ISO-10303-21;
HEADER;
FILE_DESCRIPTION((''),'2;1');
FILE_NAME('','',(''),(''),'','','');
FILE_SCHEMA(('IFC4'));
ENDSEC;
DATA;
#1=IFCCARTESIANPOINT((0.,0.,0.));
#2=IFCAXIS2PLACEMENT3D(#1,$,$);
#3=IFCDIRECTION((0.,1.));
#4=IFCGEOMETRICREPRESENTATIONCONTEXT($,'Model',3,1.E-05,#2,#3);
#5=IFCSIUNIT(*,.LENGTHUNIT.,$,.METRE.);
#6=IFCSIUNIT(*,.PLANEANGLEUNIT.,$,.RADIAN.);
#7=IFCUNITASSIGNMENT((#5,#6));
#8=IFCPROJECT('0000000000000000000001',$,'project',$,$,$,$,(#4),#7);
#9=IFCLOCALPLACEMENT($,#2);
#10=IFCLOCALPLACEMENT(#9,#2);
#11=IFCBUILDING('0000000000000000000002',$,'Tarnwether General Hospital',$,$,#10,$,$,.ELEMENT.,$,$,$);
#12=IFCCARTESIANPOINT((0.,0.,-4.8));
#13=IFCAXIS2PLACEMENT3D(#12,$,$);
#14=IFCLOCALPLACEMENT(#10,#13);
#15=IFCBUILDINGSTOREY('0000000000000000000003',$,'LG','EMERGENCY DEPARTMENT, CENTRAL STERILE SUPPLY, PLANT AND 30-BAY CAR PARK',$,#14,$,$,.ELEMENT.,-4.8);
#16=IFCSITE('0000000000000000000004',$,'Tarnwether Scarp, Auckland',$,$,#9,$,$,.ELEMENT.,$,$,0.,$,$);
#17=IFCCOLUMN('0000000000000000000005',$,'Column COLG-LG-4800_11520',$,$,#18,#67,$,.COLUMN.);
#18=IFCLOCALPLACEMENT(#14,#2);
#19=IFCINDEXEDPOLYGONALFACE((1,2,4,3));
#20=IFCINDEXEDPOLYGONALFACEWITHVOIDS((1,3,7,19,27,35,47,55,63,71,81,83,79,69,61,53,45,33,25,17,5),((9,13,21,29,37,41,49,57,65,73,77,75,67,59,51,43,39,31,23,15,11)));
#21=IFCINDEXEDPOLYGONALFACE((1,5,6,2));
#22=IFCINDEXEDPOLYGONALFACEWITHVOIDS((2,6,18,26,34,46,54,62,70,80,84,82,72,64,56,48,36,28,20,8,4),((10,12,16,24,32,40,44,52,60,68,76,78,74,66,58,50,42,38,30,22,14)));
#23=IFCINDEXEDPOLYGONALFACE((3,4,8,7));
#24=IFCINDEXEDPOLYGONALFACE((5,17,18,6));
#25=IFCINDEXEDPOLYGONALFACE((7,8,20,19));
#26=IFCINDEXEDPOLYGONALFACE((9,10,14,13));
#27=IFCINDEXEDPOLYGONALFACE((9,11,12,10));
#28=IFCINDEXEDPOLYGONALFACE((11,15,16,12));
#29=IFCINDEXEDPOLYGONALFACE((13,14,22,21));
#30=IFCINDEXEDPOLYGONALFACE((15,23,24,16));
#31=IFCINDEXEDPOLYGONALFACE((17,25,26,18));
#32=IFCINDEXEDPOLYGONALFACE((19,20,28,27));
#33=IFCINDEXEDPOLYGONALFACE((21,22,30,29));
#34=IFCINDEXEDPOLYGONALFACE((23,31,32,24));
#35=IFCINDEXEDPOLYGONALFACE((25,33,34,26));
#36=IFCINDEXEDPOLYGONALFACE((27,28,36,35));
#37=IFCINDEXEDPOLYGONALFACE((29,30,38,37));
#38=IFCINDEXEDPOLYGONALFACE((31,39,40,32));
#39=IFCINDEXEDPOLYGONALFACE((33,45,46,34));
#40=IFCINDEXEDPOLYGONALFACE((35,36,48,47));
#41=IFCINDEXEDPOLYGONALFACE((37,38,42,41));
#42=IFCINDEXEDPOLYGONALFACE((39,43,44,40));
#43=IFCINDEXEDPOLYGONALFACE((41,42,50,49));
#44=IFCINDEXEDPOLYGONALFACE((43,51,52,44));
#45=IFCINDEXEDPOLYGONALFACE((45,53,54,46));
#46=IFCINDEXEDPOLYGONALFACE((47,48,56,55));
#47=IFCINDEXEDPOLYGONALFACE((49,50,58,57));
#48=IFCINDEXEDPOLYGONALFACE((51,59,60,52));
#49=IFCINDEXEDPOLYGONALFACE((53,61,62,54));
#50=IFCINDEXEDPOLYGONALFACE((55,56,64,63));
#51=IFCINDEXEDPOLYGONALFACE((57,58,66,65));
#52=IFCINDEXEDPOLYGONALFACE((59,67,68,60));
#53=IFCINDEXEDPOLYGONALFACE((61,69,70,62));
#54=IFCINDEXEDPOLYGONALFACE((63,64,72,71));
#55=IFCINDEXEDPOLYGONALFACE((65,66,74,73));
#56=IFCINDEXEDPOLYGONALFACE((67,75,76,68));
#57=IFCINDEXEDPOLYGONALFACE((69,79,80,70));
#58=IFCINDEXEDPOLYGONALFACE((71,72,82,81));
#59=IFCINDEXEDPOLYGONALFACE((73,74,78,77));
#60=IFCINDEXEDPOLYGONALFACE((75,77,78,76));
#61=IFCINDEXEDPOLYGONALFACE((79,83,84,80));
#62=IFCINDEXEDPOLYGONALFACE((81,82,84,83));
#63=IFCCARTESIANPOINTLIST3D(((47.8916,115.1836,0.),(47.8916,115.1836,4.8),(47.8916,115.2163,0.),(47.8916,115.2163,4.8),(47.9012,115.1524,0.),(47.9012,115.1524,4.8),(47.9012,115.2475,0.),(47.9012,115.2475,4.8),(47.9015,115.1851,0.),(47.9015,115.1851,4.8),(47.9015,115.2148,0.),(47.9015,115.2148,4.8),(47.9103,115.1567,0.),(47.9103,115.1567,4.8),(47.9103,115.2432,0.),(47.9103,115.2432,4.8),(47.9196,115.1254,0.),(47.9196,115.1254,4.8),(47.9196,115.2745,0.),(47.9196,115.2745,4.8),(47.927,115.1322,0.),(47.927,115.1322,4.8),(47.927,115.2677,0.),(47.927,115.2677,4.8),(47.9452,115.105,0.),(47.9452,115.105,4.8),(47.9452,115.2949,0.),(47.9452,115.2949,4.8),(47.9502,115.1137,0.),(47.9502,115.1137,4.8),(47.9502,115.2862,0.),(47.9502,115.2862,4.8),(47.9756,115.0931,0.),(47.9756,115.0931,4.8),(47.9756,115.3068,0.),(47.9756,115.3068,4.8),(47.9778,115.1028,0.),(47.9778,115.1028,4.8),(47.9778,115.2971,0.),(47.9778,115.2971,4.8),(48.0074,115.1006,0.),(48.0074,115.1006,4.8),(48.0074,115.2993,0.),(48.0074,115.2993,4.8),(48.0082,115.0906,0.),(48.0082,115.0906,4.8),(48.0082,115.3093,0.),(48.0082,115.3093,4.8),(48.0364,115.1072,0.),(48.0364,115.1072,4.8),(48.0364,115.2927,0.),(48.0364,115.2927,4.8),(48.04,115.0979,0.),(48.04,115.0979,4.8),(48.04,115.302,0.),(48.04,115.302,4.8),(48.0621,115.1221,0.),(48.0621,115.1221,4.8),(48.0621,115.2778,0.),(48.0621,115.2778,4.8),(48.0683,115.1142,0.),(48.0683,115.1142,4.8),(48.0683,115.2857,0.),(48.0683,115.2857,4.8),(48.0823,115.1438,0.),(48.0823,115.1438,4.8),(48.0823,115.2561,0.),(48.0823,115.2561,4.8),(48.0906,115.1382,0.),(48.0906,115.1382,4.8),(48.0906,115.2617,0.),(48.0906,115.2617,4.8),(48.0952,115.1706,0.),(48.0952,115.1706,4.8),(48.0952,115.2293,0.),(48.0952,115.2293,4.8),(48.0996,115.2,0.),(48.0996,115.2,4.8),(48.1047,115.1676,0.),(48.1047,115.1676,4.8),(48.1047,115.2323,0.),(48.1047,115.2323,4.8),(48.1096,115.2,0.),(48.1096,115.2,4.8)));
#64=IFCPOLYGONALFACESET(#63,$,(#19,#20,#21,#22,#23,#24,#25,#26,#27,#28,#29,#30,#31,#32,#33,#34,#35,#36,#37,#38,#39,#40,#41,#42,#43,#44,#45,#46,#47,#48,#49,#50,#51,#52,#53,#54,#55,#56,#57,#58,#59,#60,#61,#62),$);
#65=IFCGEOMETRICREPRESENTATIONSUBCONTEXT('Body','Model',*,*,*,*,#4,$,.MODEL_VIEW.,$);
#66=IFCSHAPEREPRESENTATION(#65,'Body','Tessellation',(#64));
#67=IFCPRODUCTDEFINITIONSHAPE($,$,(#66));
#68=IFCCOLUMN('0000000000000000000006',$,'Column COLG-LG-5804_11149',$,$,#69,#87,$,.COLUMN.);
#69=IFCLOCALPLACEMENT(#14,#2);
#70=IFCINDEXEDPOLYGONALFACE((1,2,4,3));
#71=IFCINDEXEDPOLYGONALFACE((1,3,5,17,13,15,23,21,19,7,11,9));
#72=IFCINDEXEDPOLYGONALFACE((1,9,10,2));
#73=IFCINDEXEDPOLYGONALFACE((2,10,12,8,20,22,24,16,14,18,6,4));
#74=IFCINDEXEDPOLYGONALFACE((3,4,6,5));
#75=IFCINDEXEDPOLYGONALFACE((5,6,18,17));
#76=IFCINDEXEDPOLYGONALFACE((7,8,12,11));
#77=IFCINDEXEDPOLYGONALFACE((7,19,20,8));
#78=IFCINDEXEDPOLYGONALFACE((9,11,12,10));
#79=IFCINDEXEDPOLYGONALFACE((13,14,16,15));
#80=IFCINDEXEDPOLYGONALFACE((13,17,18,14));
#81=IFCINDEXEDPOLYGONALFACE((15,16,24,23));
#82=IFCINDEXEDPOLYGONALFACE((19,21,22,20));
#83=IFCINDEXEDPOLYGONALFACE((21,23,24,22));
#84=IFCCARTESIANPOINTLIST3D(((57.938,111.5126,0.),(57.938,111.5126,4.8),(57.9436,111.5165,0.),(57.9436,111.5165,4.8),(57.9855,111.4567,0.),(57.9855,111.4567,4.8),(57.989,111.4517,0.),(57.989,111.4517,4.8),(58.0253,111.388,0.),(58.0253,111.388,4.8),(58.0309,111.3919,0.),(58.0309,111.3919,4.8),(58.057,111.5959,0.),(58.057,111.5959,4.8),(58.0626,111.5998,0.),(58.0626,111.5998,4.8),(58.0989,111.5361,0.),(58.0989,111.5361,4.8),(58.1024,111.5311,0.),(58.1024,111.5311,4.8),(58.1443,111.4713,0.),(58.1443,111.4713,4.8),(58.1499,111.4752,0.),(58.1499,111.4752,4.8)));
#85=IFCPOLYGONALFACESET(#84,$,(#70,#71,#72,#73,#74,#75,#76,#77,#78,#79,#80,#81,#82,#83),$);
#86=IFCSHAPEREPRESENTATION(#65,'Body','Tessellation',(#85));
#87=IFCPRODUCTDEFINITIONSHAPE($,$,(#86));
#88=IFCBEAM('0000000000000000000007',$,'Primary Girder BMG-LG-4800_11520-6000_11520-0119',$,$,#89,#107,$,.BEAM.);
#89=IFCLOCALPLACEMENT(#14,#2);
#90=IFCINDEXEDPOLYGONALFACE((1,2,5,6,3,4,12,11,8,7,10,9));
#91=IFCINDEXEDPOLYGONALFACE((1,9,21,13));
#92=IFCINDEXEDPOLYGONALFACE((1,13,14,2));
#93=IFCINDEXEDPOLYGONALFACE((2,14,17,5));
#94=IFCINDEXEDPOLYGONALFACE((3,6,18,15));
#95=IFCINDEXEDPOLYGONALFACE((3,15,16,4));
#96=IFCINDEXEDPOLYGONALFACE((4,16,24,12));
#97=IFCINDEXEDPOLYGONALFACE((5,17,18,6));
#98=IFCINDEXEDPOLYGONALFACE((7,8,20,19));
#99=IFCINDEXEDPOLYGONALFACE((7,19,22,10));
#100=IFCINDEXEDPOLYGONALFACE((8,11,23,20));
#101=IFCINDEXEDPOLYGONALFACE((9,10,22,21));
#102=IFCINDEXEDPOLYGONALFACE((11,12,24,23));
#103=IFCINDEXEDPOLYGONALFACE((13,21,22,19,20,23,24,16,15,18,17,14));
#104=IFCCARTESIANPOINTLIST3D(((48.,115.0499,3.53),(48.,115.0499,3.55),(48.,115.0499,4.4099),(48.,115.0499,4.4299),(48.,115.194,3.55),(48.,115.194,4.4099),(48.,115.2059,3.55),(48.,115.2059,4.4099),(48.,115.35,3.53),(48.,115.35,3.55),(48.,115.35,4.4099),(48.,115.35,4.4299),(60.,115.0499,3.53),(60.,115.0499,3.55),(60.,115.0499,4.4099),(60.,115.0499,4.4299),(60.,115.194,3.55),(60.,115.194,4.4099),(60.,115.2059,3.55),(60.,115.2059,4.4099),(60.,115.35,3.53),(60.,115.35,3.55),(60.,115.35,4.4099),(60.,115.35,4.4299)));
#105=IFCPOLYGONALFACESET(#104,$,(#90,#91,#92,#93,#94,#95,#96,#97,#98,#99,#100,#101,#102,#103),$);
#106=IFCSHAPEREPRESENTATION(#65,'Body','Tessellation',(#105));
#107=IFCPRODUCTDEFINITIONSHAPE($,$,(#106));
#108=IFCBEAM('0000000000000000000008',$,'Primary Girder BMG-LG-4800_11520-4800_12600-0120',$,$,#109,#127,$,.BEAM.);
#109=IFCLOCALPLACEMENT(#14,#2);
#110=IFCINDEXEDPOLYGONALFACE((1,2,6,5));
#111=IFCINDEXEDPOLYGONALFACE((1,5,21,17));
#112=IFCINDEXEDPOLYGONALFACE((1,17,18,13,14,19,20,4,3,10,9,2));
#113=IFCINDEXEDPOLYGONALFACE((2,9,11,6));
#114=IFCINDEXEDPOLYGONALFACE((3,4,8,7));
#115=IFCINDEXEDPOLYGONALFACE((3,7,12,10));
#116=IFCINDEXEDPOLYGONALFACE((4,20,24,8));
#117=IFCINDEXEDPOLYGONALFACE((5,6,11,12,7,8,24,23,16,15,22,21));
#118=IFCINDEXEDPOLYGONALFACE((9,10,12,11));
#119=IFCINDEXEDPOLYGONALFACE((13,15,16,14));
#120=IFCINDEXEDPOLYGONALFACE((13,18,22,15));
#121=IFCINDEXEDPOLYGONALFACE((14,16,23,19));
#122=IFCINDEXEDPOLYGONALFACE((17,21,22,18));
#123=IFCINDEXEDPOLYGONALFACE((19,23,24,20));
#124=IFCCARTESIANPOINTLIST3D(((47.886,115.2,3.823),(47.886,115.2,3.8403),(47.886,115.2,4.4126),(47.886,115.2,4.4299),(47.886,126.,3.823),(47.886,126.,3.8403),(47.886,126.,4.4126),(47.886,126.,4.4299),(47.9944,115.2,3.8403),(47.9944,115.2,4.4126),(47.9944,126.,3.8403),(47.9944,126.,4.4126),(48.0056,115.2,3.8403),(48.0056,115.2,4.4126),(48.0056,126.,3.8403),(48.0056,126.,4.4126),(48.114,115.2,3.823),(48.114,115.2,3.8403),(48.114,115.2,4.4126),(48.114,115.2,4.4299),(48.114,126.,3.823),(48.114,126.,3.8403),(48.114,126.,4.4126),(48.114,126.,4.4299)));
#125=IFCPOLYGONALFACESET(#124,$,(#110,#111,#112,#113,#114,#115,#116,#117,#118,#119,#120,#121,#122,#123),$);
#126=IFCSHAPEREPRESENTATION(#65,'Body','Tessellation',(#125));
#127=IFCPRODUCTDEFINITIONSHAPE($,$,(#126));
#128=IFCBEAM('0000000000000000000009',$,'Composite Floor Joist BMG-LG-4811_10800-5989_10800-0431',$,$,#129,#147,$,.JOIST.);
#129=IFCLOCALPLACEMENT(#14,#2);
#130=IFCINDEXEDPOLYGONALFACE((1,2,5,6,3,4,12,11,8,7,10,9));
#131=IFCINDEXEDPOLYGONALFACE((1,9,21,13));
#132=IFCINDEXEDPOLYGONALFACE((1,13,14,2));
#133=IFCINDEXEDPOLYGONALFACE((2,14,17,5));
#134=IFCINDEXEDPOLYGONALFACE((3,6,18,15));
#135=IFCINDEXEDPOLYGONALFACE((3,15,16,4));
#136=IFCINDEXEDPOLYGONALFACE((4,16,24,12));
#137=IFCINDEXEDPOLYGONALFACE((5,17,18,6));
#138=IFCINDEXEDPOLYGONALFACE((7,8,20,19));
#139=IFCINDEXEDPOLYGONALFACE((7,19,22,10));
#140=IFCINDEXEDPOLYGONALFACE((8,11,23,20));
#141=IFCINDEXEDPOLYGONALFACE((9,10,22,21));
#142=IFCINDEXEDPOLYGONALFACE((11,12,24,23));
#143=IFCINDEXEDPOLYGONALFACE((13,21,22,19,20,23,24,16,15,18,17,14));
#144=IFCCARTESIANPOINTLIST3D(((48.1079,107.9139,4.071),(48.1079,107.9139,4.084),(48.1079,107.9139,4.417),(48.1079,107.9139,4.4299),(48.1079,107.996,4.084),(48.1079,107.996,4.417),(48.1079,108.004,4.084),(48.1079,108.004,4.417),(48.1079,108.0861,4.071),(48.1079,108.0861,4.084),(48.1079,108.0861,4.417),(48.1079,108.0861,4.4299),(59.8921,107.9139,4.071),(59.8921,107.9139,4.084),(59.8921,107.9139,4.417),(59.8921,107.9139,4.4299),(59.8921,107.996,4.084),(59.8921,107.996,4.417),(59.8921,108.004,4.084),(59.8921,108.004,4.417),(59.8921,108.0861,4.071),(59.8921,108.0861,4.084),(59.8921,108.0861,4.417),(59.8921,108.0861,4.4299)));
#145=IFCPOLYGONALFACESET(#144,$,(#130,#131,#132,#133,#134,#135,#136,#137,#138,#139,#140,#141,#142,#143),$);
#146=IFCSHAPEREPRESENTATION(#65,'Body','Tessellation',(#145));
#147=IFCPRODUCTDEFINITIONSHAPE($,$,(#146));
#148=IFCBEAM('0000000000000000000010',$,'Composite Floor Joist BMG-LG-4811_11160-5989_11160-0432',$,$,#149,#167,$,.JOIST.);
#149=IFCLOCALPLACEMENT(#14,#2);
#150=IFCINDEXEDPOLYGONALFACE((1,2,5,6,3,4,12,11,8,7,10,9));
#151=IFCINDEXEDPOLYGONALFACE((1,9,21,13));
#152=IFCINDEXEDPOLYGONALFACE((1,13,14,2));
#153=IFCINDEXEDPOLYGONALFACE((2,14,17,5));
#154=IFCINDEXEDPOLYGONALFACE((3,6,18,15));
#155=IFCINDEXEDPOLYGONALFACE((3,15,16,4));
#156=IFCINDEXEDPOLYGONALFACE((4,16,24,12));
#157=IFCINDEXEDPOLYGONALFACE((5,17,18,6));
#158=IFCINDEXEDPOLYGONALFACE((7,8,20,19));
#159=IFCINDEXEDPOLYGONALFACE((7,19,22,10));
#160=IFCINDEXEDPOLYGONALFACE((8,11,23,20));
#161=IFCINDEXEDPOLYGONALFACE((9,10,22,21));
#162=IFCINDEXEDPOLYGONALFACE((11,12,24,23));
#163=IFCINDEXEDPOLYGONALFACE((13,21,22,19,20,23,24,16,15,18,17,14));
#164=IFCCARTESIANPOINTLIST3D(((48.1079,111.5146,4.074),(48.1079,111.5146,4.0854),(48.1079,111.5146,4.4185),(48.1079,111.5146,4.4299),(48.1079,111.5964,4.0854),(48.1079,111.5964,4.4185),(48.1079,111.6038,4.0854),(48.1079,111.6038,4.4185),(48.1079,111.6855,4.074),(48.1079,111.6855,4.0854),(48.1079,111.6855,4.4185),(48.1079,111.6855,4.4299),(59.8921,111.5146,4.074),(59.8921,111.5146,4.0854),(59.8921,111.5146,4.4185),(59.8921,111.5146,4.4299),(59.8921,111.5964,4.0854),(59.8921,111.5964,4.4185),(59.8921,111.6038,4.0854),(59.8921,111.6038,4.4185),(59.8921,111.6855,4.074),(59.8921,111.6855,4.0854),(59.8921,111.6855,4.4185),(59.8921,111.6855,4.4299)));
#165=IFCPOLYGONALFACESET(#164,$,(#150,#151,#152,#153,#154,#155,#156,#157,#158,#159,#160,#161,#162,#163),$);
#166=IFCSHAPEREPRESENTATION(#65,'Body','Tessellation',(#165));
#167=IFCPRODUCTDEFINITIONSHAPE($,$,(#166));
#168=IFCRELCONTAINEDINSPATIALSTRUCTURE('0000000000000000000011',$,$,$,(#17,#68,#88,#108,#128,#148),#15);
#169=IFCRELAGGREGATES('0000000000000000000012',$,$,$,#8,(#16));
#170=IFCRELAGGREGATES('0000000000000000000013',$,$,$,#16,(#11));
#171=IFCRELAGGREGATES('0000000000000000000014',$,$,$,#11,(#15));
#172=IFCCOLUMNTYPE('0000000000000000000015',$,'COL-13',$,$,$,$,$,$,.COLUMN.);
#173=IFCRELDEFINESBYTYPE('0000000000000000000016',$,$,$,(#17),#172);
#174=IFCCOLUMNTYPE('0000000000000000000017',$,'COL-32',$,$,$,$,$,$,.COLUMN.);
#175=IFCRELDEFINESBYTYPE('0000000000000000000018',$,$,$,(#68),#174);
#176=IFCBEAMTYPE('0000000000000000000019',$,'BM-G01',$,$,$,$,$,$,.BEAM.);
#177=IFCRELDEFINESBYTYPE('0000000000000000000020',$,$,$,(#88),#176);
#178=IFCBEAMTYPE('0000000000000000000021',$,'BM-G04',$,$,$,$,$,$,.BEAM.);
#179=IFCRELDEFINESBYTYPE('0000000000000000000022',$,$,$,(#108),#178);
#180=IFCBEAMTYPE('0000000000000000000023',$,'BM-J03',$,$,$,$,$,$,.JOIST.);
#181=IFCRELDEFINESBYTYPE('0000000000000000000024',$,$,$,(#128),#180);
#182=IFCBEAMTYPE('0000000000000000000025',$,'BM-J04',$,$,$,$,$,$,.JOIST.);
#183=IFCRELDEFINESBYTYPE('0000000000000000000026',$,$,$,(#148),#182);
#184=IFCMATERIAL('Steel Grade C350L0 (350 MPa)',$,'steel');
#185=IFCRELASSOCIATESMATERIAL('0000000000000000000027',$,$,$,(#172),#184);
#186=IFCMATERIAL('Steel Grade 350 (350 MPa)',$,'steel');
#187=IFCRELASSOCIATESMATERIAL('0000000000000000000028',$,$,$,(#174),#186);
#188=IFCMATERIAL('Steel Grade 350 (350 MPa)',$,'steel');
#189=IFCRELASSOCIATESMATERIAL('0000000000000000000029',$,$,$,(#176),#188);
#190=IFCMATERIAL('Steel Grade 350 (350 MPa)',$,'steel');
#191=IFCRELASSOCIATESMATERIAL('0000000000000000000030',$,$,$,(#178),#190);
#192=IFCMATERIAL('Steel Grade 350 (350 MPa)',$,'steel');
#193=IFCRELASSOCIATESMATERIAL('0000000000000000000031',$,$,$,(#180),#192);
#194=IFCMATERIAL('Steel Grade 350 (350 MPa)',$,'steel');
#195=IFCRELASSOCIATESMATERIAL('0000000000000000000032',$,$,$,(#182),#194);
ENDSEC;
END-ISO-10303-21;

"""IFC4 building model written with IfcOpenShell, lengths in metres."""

from ifc_helpers import new_model, si_unit, direction, frame, origin, origin_2d, place, context, subcontext, project, spatial, hollow_circle, i_section, extrude, material, material_profile, profile_set, type_object, element, save


model = new_model("IFC4")

# Units and contexts
model_context = context("Model", 3, precision=1e-05, world=origin(), true_north=direction((0.0, 1.0)))
body_context = subcontext(model_context, "Body", "Model", "MODEL_VIEW")
ifc_project = project(units=[si_unit("LENGTHUNIT", "METRE"), si_unit("PLANEANGLEUNIT", "RADIAN")], contexts=[model_context])

# Site, building, storey
site_placement = place(None, origin())
site = spatial("IfcSite", under=ifc_project, at=site_placement, Name="Tarnwether Scarp, Auckland", CompositionType="ELEMENT", RefElevation=0.0)
building_placement = place(site_placement, origin())
building = spatial("IfcBuilding", under=site, at=building_placement, Name="Tarnwether General Hospital", CompositionType="ELEMENT")
storey_placement = place(building_placement, frame((0.0, 0.0, -4.8)))
storey = spatial("IfcBuildingStorey", under=building, at=storey_placement, Name="LG", Description="EMERGENCY DEPARTMENT, CENTRAL STERILE SUPPLY, PLANT AND 30-BAY CAR PARK", CompositionType="ELEMENT", Elevation=-4.8)

# Columns
ifc_material_1 = material(Name="Steel Grade C350L0 (350 MPa)", Category="steel")
ifc_material_profile_1 = material_profile(ifc_material_1, hollow_circle(Radius=0.1096, WallThickness=0.01, at=origin_2d()), Name="CHS219.1x10.0")
ifc_profile_set_1 = profile_set([ifc_material_profile_1], Name="Steel Grade C350L0 (350 MPa)")
column_type_1 = type_object("IfcColumnType", Name="COL-13", PredefinedType="COLUMN", material=ifc_profile_set_1)
column_1_placement = place(storey_placement, frame((48.0, 115.2, 0.0), z_axis=(0.0, 0.0, 1.0), x_axis=(1.0, 0.0, 0.0)))
element("IfcColumn", 1, at=column_1_placement, inside=storey, type_object=column_type_1, Name="Column COLG-LG-4800_11520", PredefinedType="COLUMN", context=body_context, shape_type="SweptSolid", body=[
    extrude(hollow_circle(Radius=0.1096, WallThickness=0.01, at=origin_2d()), origin(), (0.0, 0.0, 1.0), 4.8),
])
ifc_material_2 = material(Name="Steel Grade 350 (350 MPa)", Category="steel")
ifc_material_profile_2 = material_profile(ifc_material_2, i_section(OverallWidth=0.1521, OverallDepth=0.1521, WebThickness=0.0061, FlangeThickness=0.0068, at=origin_2d()), Name="150UC23.4")
ifc_profile_set_2 = profile_set([ifc_material_profile_2], Name="Steel Grade 350 (350 MPa)")
column_type_2 = type_object("IfcColumnType", Name="COL-32", PredefinedType="COLUMN", material=ifc_profile_set_2)
column_2_placement = place(storey_placement, frame((58.0439, 111.4939, 0.0), z_axis=(0.0, 0.0, 1.0), x_axis=(-0.573576, 0.819152, 0.0)))
element("IfcColumn", 2, at=column_2_placement, inside=storey, type_object=column_type_2, Name="Column COLG-LG-5804_11149", PredefinedType="COLUMN", context=body_context, shape_type="SweptSolid", body=[
    extrude(i_section(OverallWidth=0.1521, OverallDepth=0.1521, WebThickness=0.0061, FlangeThickness=0.0068, at=origin_2d()), origin(), (0.0, 0.0, 1.0), 4.8),
])

# Beams
ifc_material_3 = material(Name="Steel Grade 350 (350 MPa)", Category="steel")
ifc_material_profile_3 = material_profile(ifc_material_3, i_section(OverallWidth=0.3, OverallDepth=0.8999, WebThickness=0.012, FlangeThickness=0.02, at=origin_2d()), Name="900WB175")
ifc_profile_set_3 = profile_set([ifc_material_profile_3], Name="Steel Grade 350 (350 MPa)")
beam_type_1 = type_object("IfcBeamType", Name="BM-G01", PredefinedType="BEAM", material=ifc_profile_set_3)
beam_1_placement = place(storey_placement, frame((48.0, 115.2, 3.98), z_axis=(1.0, 0.0, 0.0), x_axis=(0.0, 1.0, 0.0)))
element("IfcBeam", 3, at=beam_1_placement, inside=storey, type_object=beam_type_1, Name="Primary Girder BMG-LG-4800_11520-6000_11520-0119", PredefinedType="BEAM", context=body_context, shape_type="SweptSolid", body=[
    extrude(i_section(OverallWidth=0.3, OverallDepth=0.8999, WebThickness=0.012, FlangeThickness=0.02, at=origin_2d()), origin(), (0.0, 0.0, 1.0), 12.0),
])
ifc_material_4 = material(Name="Steel Grade 350 (350 MPa)", Category="steel")
ifc_material_profile_4 = material_profile(ifc_material_4, i_section(OverallWidth=0.228, OverallDepth=0.6069, WebThickness=0.0112, FlangeThickness=0.0173, at=origin_2d()), Name="610UB113")
ifc_profile_set_4 = profile_set([ifc_material_profile_4], Name="Steel Grade 350 (350 MPa)")
beam_type_2 = type_object("IfcBeamType", Name="BM-G04", PredefinedType="BEAM", material=ifc_profile_set_4)
beam_2_placement = place(storey_placement, frame((48.0, 115.2, 4.1265), z_axis=(0.0, 1.0, 0.0), x_axis=(-1.0, 0.0, 0.0)))
element("IfcBeam", 4, at=beam_2_placement, inside=storey, type_object=beam_type_2, Name="Primary Girder BMG-LG-4800_11520-4800_12600-0120", PredefinedType="BEAM", context=body_context, shape_type="SweptSolid", body=[
    extrude(i_section(OverallWidth=0.228, OverallDepth=0.6069, WebThickness=0.0112, FlangeThickness=0.0173, at=origin_2d()), origin(), (0.0, 0.0, 1.0), 10.8),
])
ifc_material_5 = material(Name="Steel Grade 350 (350 MPa)", Category="steel")
ifc_material_profile_5 = material_profile(ifc_material_5, i_section(OverallWidth=0.1721, OverallDepth=0.3589, WebThickness=0.0081, FlangeThickness=0.0129, at=origin_2d()), Name="360UB56.7")
ifc_profile_set_5 = profile_set([ifc_material_profile_5], Name="Steel Grade 350 (350 MPa)")
beam_type_3 = type_object("IfcBeamType", Name="BM-J03", PredefinedType="JOIST", material=ifc_profile_set_5)
beam_3_placement = place(storey_placement, frame((48.1079, 108.0, 4.2505), z_axis=(1.0, 0.0, 0.0), x_axis=(0.0, 1.0, 0.0)))
element("IfcBeam", 5, at=beam_3_placement, inside=storey, type_object=beam_type_3, Name="Composite Floor Joist BMG-LG-4811_10800-5989_10800-0431", PredefinedType="JOIST", context=body_context, shape_type="SweptSolid", body=[
    extrude(i_section(OverallWidth=0.1721, OverallDepth=0.3589, WebThickness=0.0081, FlangeThickness=0.0129, at=origin_2d()), origin(), (0.0, 0.0, 1.0), 11.7842),
])
ifc_material_6 = material(Name="Steel Grade 350 (350 MPa)", Category="steel")
ifc_material_profile_6 = material_profile(ifc_material_6, i_section(OverallWidth=0.1709, OverallDepth=0.356, WebThickness=0.0073, FlangeThickness=0.0115, at=origin_2d()), Name="360UB50.7")
ifc_profile_set_6 = profile_set([ifc_material_profile_6], Name="Steel Grade 350 (350 MPa)")
beam_type_4 = type_object("IfcBeamType", Name="BM-J04", PredefinedType="JOIST", material=ifc_profile_set_6)
for number, where, z_axis, x_axis, name in (
    (6, (48.1079, 111.6001, 4.252), (1.0, 0.0, 0.0), (0.0, 1.0, 0.0), "Composite Floor Joist BMG-LG-4811_11160-5989_11160-0432"),
):
    element("IfcBeam", number, at=place(storey_placement, frame(where, z_axis=z_axis, x_axis=x_axis)), inside=storey, type_object=beam_type_4, Name=name, PredefinedType="JOIST", context=body_context, shape_type="SweptSolid", body=[
        extrude(i_section(OverallWidth=0.1709, OverallDepth=0.356, WebThickness=0.0073, FlangeThickness=0.0115, at=origin_2d()), origin(), (0.0, 0.0, 1.0), 11.7842),
    ])

save(model, "model.ifc")
